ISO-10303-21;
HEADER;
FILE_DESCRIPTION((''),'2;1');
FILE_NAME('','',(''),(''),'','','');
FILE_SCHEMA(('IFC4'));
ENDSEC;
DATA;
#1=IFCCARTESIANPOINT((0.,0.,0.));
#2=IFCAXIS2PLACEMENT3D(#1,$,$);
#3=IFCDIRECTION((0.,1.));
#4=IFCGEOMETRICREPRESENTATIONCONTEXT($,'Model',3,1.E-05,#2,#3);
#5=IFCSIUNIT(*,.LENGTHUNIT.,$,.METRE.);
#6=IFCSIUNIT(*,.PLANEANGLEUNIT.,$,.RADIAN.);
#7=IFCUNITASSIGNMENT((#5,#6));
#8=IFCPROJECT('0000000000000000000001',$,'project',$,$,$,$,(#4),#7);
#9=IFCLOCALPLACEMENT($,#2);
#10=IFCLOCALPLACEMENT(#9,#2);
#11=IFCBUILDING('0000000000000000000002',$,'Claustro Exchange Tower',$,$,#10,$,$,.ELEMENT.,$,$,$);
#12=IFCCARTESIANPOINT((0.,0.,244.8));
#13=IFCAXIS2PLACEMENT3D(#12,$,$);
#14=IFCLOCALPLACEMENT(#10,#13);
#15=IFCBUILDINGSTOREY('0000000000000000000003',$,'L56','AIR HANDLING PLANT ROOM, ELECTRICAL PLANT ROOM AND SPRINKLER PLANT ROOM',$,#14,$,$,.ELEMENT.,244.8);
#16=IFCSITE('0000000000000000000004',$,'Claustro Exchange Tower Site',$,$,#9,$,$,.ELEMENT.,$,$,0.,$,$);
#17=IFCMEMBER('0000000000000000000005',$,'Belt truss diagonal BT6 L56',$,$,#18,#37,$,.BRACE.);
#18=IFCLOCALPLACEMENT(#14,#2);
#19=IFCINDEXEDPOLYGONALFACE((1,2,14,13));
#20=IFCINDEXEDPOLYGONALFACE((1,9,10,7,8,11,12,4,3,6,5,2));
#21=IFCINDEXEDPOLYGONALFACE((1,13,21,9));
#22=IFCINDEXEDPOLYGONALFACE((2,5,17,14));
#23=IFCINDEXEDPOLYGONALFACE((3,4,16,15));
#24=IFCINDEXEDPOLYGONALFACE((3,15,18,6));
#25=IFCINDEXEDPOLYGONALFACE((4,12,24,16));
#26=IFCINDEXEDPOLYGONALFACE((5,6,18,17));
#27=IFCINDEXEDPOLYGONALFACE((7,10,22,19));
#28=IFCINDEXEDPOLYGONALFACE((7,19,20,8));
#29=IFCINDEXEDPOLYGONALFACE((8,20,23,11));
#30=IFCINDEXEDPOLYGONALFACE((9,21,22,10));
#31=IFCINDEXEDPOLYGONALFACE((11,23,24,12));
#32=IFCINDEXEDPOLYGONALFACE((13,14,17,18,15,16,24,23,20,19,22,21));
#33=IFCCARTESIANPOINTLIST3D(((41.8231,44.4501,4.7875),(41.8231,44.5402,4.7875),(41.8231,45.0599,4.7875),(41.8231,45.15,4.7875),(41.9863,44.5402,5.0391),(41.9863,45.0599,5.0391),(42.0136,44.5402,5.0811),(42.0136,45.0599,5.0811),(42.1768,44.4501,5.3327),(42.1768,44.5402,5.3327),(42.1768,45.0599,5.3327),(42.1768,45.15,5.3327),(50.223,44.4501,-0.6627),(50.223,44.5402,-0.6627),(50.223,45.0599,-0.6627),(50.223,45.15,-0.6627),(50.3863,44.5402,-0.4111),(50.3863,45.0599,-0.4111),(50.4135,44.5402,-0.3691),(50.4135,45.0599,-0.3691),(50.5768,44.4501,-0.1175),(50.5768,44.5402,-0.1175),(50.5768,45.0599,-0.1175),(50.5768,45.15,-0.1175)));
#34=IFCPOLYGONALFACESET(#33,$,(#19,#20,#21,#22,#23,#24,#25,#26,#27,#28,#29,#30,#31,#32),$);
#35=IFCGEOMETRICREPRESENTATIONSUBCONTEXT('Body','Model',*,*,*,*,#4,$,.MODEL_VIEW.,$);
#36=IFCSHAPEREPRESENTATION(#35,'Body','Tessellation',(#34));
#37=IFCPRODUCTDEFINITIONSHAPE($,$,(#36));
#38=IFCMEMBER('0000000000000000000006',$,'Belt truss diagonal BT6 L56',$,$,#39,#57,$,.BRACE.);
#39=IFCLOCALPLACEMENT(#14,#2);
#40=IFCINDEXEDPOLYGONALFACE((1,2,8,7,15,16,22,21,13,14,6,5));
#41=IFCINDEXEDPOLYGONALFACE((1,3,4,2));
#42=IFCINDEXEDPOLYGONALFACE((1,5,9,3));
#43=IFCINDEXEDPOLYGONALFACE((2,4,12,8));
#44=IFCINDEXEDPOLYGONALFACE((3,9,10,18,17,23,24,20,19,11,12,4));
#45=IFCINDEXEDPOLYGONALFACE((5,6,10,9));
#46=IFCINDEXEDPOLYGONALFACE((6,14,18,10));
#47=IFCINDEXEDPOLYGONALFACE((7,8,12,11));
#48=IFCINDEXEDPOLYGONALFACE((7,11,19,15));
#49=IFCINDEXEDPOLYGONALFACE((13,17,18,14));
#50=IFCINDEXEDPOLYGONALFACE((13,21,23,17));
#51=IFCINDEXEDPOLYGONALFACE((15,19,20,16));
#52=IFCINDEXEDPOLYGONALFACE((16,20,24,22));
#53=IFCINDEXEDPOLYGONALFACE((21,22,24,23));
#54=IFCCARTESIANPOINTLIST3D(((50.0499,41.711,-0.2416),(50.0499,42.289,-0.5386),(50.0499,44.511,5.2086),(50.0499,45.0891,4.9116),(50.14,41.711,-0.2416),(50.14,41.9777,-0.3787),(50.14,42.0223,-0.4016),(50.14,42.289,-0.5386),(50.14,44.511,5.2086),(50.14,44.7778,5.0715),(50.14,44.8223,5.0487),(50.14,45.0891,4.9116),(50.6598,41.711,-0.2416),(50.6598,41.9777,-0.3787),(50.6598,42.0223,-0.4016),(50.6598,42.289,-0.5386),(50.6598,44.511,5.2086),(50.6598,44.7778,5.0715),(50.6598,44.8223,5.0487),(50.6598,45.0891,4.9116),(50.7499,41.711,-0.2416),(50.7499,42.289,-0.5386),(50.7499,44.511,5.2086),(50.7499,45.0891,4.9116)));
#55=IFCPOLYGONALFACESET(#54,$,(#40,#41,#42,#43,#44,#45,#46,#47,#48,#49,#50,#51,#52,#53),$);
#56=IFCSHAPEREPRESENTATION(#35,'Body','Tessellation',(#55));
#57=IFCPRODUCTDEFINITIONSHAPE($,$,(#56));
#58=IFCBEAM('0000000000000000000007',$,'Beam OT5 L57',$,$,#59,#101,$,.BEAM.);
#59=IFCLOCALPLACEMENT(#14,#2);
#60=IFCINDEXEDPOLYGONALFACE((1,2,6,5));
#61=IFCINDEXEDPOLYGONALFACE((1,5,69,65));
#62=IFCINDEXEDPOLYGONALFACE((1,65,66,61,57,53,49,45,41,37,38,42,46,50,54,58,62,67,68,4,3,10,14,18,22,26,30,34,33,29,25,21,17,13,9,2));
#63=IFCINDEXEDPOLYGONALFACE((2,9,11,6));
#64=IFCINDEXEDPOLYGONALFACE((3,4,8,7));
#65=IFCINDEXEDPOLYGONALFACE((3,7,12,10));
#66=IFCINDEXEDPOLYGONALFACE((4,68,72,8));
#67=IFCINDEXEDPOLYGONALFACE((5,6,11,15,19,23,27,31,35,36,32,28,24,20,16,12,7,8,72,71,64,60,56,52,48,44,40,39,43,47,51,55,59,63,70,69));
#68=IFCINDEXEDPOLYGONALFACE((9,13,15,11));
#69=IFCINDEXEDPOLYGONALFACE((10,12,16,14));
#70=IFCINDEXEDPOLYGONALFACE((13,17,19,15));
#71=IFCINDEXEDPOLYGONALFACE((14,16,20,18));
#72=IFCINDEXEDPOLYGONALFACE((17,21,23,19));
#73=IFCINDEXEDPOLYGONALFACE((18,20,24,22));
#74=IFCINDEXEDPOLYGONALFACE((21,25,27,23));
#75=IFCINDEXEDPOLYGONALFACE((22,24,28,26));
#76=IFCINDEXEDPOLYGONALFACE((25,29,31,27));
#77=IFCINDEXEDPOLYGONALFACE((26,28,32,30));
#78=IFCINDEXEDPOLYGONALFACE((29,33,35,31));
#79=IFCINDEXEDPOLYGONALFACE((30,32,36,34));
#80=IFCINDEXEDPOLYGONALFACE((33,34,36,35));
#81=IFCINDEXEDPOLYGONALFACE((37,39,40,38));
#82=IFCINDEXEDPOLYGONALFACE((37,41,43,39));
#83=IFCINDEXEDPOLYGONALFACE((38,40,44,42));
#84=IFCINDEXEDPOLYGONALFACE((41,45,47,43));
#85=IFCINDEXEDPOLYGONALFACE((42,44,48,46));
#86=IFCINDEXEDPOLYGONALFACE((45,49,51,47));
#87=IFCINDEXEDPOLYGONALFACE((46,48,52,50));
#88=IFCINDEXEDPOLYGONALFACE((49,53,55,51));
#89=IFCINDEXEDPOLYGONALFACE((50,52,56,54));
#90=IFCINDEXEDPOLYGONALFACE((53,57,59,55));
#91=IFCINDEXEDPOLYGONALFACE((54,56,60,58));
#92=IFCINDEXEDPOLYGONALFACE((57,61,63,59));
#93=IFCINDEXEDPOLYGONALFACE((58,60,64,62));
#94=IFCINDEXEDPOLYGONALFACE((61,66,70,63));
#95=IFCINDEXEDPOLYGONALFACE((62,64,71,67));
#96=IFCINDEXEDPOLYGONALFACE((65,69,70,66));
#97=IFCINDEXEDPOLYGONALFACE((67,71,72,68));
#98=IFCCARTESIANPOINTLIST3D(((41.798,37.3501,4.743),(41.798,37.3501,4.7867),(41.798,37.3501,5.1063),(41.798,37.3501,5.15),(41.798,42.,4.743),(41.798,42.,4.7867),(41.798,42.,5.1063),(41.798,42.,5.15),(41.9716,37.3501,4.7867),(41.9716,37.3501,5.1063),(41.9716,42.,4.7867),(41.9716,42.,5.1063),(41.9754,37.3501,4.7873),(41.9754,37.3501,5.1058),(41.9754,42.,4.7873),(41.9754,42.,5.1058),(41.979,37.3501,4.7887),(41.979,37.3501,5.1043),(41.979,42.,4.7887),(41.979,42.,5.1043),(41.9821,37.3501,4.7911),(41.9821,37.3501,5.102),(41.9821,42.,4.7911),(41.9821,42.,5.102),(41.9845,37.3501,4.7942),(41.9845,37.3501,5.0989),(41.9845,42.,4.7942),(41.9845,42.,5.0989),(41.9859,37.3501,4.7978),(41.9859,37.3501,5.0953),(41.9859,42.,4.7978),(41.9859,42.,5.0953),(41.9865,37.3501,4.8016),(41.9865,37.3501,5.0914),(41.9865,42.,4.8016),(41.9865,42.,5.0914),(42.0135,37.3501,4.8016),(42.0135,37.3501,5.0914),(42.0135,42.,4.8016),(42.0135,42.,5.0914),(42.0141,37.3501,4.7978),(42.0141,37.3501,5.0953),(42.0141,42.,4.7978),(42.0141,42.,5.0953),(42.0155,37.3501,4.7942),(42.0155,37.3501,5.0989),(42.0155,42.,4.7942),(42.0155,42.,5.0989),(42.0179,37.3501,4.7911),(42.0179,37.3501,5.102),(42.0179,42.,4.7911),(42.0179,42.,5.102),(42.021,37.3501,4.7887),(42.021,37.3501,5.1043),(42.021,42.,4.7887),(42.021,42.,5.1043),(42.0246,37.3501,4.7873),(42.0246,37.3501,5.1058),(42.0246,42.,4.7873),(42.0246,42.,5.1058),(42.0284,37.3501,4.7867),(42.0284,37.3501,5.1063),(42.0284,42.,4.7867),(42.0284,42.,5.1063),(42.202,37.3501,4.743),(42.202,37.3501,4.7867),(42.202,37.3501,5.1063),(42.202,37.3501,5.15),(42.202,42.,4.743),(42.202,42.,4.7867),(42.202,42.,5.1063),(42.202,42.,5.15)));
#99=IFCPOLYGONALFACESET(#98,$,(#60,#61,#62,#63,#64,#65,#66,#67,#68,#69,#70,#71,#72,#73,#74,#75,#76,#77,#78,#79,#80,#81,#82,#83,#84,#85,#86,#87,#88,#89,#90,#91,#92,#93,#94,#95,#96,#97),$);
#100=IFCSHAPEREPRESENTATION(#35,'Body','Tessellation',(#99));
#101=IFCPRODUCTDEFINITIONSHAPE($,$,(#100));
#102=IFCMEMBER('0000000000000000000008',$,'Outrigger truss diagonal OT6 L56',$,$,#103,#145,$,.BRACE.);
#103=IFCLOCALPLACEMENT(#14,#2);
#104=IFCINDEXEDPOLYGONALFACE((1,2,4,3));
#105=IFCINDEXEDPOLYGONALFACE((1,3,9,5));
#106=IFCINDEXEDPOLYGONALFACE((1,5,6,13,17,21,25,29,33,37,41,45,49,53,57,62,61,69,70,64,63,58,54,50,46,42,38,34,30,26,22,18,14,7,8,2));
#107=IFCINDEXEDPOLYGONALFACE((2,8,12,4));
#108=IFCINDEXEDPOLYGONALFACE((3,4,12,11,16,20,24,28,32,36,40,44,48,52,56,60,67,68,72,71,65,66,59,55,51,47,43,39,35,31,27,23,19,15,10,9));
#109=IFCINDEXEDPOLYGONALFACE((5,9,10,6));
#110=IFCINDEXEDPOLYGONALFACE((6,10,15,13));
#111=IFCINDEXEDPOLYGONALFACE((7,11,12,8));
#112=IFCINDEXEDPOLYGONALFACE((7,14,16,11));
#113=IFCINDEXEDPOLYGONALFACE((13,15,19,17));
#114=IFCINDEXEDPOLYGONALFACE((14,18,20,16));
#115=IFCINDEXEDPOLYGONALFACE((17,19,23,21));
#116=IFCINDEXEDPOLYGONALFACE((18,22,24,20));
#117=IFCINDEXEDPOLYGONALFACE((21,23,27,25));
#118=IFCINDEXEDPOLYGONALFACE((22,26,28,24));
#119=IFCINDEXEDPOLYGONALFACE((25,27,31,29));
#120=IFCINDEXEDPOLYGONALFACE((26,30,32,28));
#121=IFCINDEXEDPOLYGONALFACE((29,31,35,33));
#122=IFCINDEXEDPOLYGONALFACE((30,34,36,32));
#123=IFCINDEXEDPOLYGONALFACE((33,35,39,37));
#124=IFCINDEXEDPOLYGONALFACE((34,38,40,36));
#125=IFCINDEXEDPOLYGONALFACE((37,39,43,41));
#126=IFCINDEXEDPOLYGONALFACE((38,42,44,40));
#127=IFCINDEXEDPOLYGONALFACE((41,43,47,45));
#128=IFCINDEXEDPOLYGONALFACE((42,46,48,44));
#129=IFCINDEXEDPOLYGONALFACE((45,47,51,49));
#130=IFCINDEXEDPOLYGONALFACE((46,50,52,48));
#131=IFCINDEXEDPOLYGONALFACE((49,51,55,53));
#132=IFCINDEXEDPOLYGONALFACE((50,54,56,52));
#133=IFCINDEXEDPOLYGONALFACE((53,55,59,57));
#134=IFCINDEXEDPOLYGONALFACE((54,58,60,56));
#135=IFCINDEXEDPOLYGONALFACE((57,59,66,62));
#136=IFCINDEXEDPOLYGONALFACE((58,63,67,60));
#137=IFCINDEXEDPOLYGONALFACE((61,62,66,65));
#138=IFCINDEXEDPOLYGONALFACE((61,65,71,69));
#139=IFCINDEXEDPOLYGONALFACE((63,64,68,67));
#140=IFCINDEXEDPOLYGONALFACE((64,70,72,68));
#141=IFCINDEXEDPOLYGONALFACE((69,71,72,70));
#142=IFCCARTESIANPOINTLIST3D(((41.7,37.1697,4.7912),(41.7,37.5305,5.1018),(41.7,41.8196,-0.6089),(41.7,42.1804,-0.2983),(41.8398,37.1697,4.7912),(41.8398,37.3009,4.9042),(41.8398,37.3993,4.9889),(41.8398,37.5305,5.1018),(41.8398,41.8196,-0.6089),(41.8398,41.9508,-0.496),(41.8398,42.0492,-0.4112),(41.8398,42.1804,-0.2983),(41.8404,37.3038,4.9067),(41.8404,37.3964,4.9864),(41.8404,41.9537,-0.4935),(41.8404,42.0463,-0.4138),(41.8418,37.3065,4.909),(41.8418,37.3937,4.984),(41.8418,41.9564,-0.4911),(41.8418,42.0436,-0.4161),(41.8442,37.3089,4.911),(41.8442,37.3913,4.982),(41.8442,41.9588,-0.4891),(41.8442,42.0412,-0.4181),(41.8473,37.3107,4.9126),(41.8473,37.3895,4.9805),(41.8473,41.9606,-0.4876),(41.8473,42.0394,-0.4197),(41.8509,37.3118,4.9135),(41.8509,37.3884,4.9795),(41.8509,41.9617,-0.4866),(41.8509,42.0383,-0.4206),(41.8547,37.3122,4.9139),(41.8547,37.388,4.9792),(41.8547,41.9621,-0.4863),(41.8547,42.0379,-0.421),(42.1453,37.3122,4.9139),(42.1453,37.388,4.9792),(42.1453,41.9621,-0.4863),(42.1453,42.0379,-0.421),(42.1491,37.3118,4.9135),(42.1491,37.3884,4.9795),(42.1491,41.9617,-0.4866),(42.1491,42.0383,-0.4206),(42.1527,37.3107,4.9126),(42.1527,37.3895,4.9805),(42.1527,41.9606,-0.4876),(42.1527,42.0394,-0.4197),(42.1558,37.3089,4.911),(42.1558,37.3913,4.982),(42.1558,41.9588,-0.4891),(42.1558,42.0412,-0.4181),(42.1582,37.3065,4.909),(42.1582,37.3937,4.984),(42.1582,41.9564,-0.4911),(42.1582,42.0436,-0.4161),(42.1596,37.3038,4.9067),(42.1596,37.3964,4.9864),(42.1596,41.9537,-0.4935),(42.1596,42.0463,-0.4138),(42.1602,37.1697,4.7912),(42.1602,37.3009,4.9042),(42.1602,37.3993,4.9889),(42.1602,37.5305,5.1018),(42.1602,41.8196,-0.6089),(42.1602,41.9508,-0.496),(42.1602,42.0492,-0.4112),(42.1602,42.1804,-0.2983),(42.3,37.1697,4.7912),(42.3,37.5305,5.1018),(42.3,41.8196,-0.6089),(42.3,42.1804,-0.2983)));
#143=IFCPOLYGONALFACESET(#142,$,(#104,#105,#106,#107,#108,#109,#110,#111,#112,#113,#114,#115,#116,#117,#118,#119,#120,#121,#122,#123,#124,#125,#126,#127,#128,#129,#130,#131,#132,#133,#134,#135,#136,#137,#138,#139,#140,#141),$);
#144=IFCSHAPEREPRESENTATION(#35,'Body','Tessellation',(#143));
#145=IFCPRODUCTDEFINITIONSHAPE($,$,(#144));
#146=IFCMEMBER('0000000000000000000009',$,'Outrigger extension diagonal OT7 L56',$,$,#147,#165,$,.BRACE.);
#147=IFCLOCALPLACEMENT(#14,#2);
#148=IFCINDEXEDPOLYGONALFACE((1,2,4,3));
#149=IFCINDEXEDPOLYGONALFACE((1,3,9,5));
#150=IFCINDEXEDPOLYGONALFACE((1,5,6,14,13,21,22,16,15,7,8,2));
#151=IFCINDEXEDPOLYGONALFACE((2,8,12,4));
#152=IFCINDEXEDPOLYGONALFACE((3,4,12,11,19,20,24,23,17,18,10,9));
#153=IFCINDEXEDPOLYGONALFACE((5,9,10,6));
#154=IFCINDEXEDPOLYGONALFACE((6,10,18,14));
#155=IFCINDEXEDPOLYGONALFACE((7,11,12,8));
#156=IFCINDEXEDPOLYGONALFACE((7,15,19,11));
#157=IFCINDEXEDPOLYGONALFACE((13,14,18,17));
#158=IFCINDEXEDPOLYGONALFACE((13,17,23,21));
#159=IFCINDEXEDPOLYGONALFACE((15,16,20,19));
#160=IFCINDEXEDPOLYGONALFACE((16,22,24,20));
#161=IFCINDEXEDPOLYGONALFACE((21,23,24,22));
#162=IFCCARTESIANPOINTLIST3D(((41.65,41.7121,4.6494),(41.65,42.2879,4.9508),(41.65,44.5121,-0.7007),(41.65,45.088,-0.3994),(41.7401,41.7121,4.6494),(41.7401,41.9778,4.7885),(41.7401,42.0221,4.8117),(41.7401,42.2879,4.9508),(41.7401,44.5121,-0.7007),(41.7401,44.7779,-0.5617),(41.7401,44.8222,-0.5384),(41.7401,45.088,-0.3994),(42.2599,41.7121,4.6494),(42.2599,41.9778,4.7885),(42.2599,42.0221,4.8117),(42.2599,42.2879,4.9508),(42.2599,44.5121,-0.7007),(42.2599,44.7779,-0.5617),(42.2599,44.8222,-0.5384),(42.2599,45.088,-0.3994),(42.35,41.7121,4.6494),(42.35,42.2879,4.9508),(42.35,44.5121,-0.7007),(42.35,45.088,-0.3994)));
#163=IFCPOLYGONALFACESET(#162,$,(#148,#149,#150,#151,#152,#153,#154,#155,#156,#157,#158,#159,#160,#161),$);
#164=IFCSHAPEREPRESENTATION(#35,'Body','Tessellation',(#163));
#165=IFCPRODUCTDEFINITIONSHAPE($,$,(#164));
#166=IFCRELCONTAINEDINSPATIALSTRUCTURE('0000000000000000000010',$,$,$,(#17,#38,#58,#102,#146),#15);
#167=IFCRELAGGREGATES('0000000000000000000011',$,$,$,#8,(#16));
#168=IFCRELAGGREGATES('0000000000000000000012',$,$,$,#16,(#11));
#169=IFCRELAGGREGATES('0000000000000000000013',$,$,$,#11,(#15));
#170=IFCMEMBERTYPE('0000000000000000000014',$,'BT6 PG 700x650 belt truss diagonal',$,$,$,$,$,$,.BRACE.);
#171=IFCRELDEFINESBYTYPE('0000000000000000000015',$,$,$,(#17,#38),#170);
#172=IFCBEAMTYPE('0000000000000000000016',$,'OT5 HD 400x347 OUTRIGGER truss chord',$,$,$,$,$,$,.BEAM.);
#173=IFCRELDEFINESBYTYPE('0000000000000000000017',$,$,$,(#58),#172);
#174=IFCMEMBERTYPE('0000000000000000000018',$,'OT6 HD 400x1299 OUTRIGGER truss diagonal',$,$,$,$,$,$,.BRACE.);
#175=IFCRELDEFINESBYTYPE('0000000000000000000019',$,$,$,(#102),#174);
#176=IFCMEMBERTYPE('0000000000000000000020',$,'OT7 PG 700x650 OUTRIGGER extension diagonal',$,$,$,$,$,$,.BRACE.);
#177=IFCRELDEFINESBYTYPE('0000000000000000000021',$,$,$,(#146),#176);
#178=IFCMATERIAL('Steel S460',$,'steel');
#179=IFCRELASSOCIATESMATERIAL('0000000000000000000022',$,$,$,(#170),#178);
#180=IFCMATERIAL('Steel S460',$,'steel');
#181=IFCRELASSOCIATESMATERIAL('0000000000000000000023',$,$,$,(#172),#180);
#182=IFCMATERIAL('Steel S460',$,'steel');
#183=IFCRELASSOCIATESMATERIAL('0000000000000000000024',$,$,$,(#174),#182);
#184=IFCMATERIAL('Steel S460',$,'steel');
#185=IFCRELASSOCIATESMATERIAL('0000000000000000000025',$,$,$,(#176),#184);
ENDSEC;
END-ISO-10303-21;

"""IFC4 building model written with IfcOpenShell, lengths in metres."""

from ifc_helpers import new_model, si_unit, direction, frame, origin, origin_2d, place, context, subcontext, project, spatial, i_section, extrude, material, material_profile, profile_set, type_object, element, save


model = new_model("IFC4")

# Units and contexts
model_context = context("Model", 3, precision=1e-05, world=origin(), true_north=direction((0.0, 1.0)))
body_context = subcontext(model_context, "Body", "Model", "MODEL_VIEW")
ifc_project = project(units=[si_unit("LENGTHUNIT", "METRE"), si_unit("PLANEANGLEUNIT", "RADIAN")], contexts=[model_context])

# Site, building, storey
site_placement = place(None, origin())
site = spatial("IfcSite", under=ifc_project, at=site_placement, Name="Claustro Exchange Tower Site", CompositionType="ELEMENT", RefElevation=0.0)
building_placement = place(site_placement, origin())
building = spatial("IfcBuilding", under=site, at=building_placement, Name="Claustro Exchange Tower", CompositionType="ELEMENT")
storey_placement = place(building_placement, frame((0.0, 0.0, 244.8)))
storey = spatial("IfcBuildingStorey", under=building, at=storey_placement, Name="L56", Description="AIR HANDLING PLANT ROOM, ELECTRICAL PLANT ROOM AND SPRINKLER PLANT ROOM", CompositionType="ELEMENT", Elevation=244.8)

# Members
ifc_material_1 = material(Name="Steel S460", Category="steel")
ifc_material_profile_1 = material_profile(ifc_material_1, i_section(OverallWidth=0.6499, OverallDepth=0.7, WebThickness=0.05, FlangeThickness=0.0901, at=origin_2d()), Name="PG 700x650")
ifc_profile_set_1 = profile_set([ifc_material_profile_1], Name="Steel S460")
member_type_1 = type_object("IfcMemberType", Name="BT6 PG 700x650 belt truss diagonal", PredefinedType="BRACE", material=ifc_profile_set_1)
member_1_placement = place(storey_placement, frame((50.3999, 44.8, -0.3901), z_axis=(-0.838888, 0.0, 0.544304), x_axis=(0.544304, 0.0, 0.838888)))
element("IfcMember", 1, at=member_1_placement, inside=storey, type_object=member_type_1, Name="Belt truss diagonal BT6 L56", PredefinedType="BRACE", context=body_context, shape_type="SweptSolid", body=[
    extrude(i_section(OverallWidth=0.6499, OverallDepth=0.7, WebThickness=0.05, FlangeThickness=0.0901, at=origin_2d()), origin(), (0.0, 0.0, 1.0), 10.0132),
])
member_2_placement = place(storey_placement, frame((50.3999, 42.0, -0.3901), z_axis=(0.0, 0.456973, 0.889481), x_axis=(0.0, -0.889481, 0.456973)))
element("IfcMember", 2, at=member_2_placement, inside=storey, type_object=member_type_1, Name="Belt truss diagonal BT6 L56", PredefinedType="BRACE", context=body_context, shape_type="SweptSolid", body=[
    extrude(i_section(OverallWidth=0.6499, OverallDepth=0.7, WebThickness=0.05, FlangeThickness=0.0901, at=origin_2d()), origin(), (0.0, 0.0, 1.0), 6.1274),
])

# Beam
ifc_material_2 = material(Name="Steel S460", Category="steel")
ifc_material_profile_2 = material_profile(ifc_material_2, i_section(OverallWidth=0.4041, OverallDepth=0.407, WebThickness=0.0271, FlangeThickness=0.0437, FilletRadius=0.0149, at=origin_2d()), Name="HD 400x347")
ifc_profile_set_2 = profile_set([ifc_material_profile_2], Name="Steel S460")
beam_type_1 = type_object("IfcBeamType", Name="OT5 HD 400x347 OUTRIGGER truss chord", PredefinedType="BEAM", material=ifc_profile_set_2)
beam_1_placement = place(storey_placement, frame((42.0, 37.3501, 4.9465), z_axis=(0.0, 1.0, 0.0), x_axis=(-1.0, 0.0, 0.0)))
element("IfcBeam", 3, at=beam_1_placement, inside=storey, type_object=beam_type_1, Name="Beam OT5 L57", PredefinedType="BEAM", context=body_context, shape_type="SweptSolid", body=[
    extrude(i_section(OverallWidth=0.4041, OverallDepth=0.407, WebThickness=0.0271, FlangeThickness=0.0437, FilletRadius=0.0149, at=origin_2d()), origin(), (0.0, 0.0, 1.0), 4.6499),
])

# Members
ifc_material_3 = material(Name="Steel S460", Category="steel")
ifc_material_profile_3 = material_profile(ifc_material_3, i_section(OverallWidth=0.4761, OverallDepth=0.6001, WebThickness=0.1001, FlangeThickness=0.1399, FilletRadius=0.0149, at=origin_2d()), Name="HD 400x1299")
ifc_profile_set_3 = profile_set([ifc_material_profile_3], Name="Steel S460")
member_type_2 = type_object("IfcMemberType", Name="OT6 HD 400x1299 OUTRIGGER truss diagonal", PredefinedType="BRACE", material=ifc_profile_set_3)
member_3_placement = place(storey_placement, frame((42.0, 42.0, -0.4536), z_axis=(0.0, -0.652505, 0.757784), x_axis=(0.0, 0.757784, 0.652505)))
element("IfcMember", 4, at=member_3_placement, inside=storey, type_object=member_type_2, Name="Outrigger truss diagonal OT6 L56", PredefinedType="BRACE", context=body_context, shape_type="SweptSolid", body=[
    extrude(i_section(OverallWidth=0.4761, OverallDepth=0.6001, WebThickness=0.1001, FlangeThickness=0.1399, FilletRadius=0.0149, at=origin_2d()), origin(), (0.0, 0.0, 1.0), 7.1262),
])
ifc_material_4 = material(Name="Steel S460", Category="steel")
ifc_material_profile_4 = material_profile(ifc_material_4, i_section(OverallWidth=0.6499, OverallDepth=0.7, WebThickness=0.05, FlangeThickness=0.0901, at=origin_2d()), Name="PG 700x650")
ifc_profile_set_4 = profile_set([ifc_material_profile_4], Name="Steel S460")
member_type_3 = type_object("IfcMemberType", Name="OT7 PG 700x650 OUTRIGGER extension diagonal", PredefinedType="BRACE", material=ifc_profile_set_4)
member_4_placement = place(storey_placement, frame((42.0, 44.8, -0.55), z_axis=(0.0, -0.463697, 0.885994), x_axis=(0.0, 0.885994, 0.463697)))
element("IfcMember", 5, at=member_4_placement, inside=storey, type_object=member_type_3, Name="Outrigger extension diagonal OT7 L56", PredefinedType="BRACE", context=body_context, shape_type="SweptSolid", body=[
    extrude(i_section(OverallWidth=0.6499, OverallDepth=0.7, WebThickness=0.05, FlangeThickness=0.0901, at=origin_2d()), origin(), (0.0, 0.0, 1.0), 6.0386),
])

save(model, "model.ifc")
